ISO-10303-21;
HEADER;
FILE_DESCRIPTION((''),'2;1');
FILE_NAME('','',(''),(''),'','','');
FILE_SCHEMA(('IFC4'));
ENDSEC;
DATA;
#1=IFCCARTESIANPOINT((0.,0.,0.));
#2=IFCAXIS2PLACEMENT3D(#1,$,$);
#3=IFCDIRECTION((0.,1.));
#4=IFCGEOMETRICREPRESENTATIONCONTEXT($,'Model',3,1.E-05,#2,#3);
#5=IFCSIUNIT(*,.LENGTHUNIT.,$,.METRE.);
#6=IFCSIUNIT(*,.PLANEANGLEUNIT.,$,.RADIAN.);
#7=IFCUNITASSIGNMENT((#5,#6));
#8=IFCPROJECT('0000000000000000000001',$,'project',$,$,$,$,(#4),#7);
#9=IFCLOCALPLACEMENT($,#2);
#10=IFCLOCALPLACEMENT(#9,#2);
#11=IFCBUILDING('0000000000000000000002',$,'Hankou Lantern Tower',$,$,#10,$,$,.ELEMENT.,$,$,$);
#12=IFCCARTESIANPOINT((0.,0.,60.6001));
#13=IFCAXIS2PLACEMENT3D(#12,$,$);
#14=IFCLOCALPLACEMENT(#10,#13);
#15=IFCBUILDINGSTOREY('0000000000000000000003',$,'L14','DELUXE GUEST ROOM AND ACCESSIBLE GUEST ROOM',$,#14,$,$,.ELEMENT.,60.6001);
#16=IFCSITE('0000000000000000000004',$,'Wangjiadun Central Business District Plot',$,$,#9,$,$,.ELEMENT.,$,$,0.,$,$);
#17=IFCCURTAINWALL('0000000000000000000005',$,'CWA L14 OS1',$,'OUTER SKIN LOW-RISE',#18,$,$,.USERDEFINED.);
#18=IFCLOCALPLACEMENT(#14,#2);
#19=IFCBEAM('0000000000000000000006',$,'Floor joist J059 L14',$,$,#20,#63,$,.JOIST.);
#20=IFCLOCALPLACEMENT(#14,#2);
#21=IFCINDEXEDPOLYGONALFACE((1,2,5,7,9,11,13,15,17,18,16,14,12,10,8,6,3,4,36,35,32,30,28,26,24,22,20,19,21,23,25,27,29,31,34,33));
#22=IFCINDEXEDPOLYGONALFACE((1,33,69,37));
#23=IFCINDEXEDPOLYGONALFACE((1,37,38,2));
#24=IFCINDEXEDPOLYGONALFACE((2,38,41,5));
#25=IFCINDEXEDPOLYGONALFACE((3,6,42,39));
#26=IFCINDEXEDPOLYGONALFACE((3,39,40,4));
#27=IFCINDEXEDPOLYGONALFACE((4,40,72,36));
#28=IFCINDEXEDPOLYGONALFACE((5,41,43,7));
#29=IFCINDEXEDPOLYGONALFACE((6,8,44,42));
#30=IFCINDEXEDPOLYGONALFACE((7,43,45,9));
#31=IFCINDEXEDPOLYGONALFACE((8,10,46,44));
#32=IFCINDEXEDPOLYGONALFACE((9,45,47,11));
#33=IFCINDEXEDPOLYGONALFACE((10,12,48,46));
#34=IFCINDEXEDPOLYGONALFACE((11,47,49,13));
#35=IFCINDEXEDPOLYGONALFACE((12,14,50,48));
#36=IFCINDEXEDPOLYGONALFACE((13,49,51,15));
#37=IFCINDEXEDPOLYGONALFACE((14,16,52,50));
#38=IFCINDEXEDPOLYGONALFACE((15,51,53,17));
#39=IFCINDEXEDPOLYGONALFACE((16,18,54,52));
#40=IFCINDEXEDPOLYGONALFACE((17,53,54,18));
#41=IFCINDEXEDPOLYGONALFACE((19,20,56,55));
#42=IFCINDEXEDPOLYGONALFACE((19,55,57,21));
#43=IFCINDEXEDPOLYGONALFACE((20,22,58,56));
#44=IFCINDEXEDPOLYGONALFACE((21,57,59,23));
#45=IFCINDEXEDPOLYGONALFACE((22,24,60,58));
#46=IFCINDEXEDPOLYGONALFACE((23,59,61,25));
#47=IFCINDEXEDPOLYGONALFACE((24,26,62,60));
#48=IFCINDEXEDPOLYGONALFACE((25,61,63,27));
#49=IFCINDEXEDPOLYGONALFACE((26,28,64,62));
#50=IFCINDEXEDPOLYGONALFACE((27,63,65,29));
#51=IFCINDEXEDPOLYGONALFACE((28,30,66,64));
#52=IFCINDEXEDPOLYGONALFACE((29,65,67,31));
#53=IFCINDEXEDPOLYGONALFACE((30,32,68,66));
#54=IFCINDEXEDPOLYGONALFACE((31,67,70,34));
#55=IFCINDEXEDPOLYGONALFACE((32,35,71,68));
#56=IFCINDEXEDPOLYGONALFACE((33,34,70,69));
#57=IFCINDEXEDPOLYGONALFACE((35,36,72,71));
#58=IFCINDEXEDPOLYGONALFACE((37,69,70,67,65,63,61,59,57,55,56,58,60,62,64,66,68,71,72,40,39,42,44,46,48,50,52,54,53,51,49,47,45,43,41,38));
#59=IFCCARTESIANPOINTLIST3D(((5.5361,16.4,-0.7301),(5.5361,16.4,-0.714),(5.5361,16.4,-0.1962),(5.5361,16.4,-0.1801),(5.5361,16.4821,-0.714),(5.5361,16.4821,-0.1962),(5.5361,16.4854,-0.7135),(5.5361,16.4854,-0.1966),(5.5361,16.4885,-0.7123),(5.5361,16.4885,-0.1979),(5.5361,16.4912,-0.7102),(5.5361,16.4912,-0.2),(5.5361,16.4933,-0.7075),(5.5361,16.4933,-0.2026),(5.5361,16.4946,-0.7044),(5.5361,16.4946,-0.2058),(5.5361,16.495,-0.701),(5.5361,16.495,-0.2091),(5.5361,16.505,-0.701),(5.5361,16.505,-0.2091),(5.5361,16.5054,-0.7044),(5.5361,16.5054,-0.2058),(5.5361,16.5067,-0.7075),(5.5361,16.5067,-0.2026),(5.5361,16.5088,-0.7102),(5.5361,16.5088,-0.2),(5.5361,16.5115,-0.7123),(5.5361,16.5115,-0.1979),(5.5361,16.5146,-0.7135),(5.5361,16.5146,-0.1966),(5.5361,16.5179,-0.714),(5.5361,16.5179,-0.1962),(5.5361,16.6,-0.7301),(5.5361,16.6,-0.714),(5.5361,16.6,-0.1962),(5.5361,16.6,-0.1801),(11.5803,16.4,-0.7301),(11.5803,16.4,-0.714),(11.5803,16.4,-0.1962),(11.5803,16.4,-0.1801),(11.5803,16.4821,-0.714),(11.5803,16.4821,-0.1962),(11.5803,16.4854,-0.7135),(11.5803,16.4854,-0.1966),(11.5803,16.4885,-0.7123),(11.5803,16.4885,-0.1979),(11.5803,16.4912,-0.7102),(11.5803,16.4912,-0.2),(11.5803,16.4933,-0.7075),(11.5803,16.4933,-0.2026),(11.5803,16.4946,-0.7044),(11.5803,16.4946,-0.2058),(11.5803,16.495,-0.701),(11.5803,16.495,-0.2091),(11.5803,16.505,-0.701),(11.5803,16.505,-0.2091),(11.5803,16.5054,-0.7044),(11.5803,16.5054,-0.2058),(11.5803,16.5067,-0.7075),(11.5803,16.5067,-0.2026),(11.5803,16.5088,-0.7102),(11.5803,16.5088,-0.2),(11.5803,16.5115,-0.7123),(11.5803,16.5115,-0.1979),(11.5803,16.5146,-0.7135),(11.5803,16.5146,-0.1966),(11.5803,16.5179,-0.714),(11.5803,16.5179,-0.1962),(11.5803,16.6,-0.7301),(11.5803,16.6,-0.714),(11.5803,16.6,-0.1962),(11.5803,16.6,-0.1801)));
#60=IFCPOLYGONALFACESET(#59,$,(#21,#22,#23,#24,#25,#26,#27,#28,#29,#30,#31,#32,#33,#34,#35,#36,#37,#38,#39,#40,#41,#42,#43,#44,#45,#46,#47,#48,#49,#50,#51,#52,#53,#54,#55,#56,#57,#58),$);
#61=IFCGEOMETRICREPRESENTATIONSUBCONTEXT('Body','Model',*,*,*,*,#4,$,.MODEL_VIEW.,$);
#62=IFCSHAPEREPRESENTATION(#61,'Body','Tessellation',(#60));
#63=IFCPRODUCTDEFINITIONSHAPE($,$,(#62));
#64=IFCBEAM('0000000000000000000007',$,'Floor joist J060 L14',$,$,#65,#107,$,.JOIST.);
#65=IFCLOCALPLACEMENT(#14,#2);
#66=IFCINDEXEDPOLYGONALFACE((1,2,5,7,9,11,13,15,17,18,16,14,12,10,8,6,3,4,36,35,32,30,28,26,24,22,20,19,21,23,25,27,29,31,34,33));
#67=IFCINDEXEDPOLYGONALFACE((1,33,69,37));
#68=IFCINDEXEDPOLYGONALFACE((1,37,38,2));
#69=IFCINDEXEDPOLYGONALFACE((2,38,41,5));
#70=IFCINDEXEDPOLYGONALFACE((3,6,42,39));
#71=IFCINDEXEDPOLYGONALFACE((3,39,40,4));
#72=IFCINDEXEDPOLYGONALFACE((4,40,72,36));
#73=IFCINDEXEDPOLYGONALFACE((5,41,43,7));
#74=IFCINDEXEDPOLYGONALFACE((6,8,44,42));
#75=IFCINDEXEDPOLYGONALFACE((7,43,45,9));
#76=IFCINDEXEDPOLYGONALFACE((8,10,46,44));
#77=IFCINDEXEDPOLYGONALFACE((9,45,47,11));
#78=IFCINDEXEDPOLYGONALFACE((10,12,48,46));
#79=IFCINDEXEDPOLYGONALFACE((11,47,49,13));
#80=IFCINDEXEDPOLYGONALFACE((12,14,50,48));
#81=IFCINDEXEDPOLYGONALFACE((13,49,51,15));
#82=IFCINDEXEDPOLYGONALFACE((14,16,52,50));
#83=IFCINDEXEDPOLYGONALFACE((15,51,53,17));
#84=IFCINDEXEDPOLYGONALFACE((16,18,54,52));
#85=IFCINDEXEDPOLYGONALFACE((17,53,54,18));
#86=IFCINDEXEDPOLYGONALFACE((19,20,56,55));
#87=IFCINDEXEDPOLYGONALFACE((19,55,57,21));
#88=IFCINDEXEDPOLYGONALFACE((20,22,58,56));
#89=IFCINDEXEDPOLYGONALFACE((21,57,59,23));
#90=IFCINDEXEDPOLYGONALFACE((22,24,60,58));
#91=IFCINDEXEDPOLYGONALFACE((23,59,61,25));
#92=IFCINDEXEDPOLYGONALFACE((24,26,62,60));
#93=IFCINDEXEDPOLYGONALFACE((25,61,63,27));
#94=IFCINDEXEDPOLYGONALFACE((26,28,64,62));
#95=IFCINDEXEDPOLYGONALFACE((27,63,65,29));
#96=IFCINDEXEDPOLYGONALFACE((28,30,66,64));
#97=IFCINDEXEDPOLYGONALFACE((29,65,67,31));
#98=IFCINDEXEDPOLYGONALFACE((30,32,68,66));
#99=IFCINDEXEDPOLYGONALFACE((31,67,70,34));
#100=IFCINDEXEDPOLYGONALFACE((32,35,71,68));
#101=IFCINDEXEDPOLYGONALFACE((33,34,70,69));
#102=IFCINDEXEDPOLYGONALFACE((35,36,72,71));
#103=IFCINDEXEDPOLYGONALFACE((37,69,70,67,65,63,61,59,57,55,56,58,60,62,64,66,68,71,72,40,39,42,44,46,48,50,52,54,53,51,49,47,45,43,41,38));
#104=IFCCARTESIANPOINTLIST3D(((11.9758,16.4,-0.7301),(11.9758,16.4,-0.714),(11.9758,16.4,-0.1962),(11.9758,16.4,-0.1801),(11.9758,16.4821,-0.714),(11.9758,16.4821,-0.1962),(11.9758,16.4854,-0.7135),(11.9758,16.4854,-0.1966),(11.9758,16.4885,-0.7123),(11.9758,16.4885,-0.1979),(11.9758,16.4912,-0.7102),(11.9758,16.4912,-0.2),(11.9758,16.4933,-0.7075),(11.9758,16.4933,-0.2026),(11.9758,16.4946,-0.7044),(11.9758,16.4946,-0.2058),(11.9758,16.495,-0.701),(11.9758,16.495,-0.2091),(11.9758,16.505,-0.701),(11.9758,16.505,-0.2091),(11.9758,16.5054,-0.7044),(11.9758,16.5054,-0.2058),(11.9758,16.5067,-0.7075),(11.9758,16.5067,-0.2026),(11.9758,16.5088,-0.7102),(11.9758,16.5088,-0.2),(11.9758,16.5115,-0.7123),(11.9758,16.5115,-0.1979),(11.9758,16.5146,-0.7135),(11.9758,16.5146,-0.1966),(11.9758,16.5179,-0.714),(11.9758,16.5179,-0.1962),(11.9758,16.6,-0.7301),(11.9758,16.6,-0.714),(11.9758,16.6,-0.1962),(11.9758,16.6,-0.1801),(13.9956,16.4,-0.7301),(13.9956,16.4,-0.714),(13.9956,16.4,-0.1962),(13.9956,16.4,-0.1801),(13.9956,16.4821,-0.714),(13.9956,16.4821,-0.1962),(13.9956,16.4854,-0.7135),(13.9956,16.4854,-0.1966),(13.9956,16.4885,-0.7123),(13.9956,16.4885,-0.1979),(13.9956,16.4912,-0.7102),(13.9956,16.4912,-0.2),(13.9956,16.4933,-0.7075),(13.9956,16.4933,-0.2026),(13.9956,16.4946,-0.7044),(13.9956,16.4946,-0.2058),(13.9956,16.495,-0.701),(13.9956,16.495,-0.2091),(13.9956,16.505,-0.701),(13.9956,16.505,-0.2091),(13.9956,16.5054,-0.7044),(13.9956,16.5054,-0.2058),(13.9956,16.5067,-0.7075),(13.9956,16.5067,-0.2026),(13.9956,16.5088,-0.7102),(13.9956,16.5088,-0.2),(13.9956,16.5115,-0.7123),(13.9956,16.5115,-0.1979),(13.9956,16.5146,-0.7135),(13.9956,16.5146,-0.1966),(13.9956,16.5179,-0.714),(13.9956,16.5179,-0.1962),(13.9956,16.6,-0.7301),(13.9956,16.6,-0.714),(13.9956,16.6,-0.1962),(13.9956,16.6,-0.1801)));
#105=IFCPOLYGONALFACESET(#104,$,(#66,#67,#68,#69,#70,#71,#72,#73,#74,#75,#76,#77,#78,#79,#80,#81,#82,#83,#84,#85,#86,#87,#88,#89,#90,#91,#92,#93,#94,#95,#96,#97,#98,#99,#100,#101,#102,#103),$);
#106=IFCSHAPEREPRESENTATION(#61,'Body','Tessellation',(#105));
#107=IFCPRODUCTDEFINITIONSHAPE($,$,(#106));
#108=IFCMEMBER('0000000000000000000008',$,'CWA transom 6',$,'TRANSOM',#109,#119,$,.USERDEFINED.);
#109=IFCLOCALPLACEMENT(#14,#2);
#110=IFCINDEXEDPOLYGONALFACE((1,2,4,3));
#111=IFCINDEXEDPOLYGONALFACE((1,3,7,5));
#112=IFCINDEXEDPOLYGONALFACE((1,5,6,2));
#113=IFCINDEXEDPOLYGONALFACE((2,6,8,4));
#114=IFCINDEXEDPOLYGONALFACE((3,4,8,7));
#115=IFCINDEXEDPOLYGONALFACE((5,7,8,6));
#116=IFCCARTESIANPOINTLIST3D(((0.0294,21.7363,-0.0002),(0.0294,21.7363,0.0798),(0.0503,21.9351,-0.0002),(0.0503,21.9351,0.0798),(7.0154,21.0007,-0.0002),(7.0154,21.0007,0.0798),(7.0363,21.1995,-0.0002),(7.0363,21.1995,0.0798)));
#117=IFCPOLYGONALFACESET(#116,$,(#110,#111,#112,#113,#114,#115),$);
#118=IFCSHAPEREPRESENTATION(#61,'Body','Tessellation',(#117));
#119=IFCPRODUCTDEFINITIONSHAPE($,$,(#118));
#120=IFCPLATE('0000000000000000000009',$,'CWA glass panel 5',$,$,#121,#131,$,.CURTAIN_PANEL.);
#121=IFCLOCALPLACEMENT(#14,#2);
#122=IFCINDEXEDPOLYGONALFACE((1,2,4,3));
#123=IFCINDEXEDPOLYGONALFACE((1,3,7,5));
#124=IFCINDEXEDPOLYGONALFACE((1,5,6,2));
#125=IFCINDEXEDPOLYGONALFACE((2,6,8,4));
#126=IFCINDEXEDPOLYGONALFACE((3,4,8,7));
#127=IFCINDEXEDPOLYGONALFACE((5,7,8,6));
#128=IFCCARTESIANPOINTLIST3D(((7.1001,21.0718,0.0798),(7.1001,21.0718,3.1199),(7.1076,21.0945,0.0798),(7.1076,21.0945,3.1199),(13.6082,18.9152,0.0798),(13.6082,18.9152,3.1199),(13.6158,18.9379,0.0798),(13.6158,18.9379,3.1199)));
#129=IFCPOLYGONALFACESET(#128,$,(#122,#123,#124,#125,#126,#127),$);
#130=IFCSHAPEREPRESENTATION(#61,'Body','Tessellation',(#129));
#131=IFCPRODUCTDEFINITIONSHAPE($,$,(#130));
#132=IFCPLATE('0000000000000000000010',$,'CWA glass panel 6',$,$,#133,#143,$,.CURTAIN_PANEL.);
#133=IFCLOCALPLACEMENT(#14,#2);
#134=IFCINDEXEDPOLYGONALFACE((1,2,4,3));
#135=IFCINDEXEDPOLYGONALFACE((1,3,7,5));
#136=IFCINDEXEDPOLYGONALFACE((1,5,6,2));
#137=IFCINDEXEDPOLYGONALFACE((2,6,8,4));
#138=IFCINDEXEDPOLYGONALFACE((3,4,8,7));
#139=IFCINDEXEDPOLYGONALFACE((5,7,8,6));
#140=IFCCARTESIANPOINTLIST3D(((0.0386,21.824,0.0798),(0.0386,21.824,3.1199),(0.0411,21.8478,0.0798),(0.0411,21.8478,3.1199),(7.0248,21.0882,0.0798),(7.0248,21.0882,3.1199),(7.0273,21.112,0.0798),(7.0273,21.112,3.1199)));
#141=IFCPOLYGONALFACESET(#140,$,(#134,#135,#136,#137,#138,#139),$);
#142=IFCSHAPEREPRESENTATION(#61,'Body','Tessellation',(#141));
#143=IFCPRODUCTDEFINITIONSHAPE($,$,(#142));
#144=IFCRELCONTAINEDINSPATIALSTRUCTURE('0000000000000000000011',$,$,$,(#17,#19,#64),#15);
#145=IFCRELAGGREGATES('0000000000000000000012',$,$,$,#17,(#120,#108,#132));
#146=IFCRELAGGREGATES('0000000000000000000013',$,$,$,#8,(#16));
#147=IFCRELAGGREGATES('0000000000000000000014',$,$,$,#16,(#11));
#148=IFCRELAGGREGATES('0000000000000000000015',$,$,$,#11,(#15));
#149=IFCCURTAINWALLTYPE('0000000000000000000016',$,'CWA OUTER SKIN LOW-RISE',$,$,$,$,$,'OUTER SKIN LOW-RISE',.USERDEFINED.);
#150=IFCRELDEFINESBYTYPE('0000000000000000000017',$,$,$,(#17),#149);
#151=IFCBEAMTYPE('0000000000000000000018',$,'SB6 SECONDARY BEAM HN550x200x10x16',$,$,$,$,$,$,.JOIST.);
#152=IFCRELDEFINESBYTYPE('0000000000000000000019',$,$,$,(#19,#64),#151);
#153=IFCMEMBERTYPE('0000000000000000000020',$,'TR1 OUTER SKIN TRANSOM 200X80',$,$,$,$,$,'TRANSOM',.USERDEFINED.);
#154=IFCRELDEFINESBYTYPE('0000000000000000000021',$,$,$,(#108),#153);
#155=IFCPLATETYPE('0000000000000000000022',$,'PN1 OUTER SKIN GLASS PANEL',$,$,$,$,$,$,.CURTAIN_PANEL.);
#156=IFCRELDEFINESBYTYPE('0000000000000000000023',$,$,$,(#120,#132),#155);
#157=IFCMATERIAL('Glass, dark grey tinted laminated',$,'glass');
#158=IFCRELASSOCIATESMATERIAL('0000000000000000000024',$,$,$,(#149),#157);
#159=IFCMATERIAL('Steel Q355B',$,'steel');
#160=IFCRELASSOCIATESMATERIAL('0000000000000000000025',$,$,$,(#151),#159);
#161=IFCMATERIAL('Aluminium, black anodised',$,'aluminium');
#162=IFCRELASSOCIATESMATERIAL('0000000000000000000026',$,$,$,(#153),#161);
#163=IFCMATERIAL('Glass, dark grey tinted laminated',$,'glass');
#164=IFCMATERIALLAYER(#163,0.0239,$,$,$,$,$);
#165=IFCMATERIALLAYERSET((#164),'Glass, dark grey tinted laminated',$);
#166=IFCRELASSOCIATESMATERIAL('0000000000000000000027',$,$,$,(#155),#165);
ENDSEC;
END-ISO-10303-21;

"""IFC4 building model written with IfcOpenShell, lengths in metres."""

from ifc_helpers import new_model, si_unit, direction, frame, origin, origin_2d, place, context, subcontext, project, spatial, rectangle, i_section, extrude, material, layer, layer_set, material_profile, profile_set, type_object, element, aggregate, save


model = new_model("IFC4")

# Units and contexts
model_context = context("Model", 3, precision=1e-05, world=origin(), true_north=direction((0.0, 1.0)))
body_context = subcontext(model_context, "Body", "Model", "MODEL_VIEW")
ifc_project = project(units=[si_unit("LENGTHUNIT", "METRE"), si_unit("PLANEANGLEUNIT", "RADIAN")], contexts=[model_context])

# Site, building, storey
site_placement = place(None, origin())
site = spatial("IfcSite", under=ifc_project, at=site_placement, Name="Wangjiadun Central Business District Plot", CompositionType="ELEMENT", RefElevation=0.0)
building_placement = place(site_placement, origin())
building = spatial("IfcBuilding", under=site, at=building_placement, Name="Hankou Lantern Tower", CompositionType="ELEMENT")
storey_placement = place(building_placement, frame((0.0, 0.0, 60.6001)))
storey = spatial("IfcBuildingStorey", under=building, at=storey_placement, Name="L14", Description="DELUXE GUEST ROOM AND ACCESSIBLE GUEST ROOM", CompositionType="ELEMENT", Elevation=60.6001)

# Curtain wall
ifc_material_1 = material(Name="Glass, dark grey tinted laminated", Category="glass")
curtain_wall_type = type_object("IfcCurtainWallType", Name="CWA OUTER SKIN LOW-RISE", ElementType="OUTER SKIN LOW-RISE", PredefinedType="USERDEFINED", material=ifc_material_1)
curtain_wall_1_placement = place(storey_placement, origin())
curtain_wall_1 = element("IfcCurtainWall", 1, at=curtain_wall_1_placement, inside=storey, type_object=curtain_wall_type, Name="CWA L14 OS1", ObjectType="OUTER SKIN LOW-RISE", PredefinedType="USERDEFINED")

# Beams
ifc_material_2 = material(Name="Steel Q355B", Category="steel")
ifc_material_profile_1 = material_profile(ifc_material_2, i_section(OverallWidth=0.2, OverallDepth=0.55, WebThickness=0.01, FlangeThickness=0.0161, FilletRadius=0.0129, at=origin_2d()), Name="HN550x200x10x16")
ifc_profile_set_1 = profile_set([ifc_material_profile_1], Name="Steel Q355B")
beam_type_1 = type_object("IfcBeamType", Name="SB6 SECONDARY BEAM HN550x200x10x16", PredefinedType="JOIST", material=ifc_profile_set_1)
beam_1_placement = place(storey_placement, frame((5.5361, 16.5, -0.4551), z_axis=(1.0, 0.0, 0.0), x_axis=(0.0, 1.0, 0.0)))
element("IfcBeam", 2, at=beam_1_placement, inside=storey, type_object=beam_type_1, Name="Floor joist J059 L14", PredefinedType="JOIST", context=body_context, shape_type="SweptSolid", body=[
    extrude(i_section(OverallWidth=0.2, OverallDepth=0.55, WebThickness=0.01, FlangeThickness=0.0161, FilletRadius=0.0129, at=origin_2d()), origin(), (0.0, 0.0, 1.0), 6.0442),
])
beam_2_placement = place(storey_placement, frame((11.9758, 16.5, -0.4551), z_axis=(1.0, 0.0, 0.0), x_axis=(0.0, 1.0, 0.0)))
element("IfcBeam", 3, at=beam_2_placement, inside=storey, type_object=beam_type_1, Name="Floor joist J060 L14", PredefinedType="JOIST", context=body_context, shape_type="SweptSolid", body=[
    extrude(i_section(OverallWidth=0.2, OverallDepth=0.55, WebThickness=0.01, FlangeThickness=0.0161, FilletRadius=0.0129, at=origin_2d()), origin(), (0.0, 0.0, 1.0), 2.0198),
])

# Member
ifc_material_3 = material(Name="Aluminium, black anodised", Category="aluminium")
ifc_material_profile_2 = material_profile(ifc_material_3, rectangle(XDim=0.2, YDim=0.0801, at=origin_2d()), Name="TR1 200X80")
ifc_profile_set_2 = profile_set([ifc_material_profile_2], Name="Aluminium, black anodised")
member_type_1 = type_object("IfcMemberType", Name="TR1 OUTER SKIN TRANSOM 200X80", ElementType="TRANSOM", PredefinedType="USERDEFINED", material=ifc_profile_set_2)
member_1_placement = place(storey_placement, frame((7.0259, 21.1001, 0.0398), z_axis=(-0.994502, 0.104716, 0.0), x_axis=(-0.104716, -0.994502, 0.0)))
member_1 = element("IfcMember", 4, at=member_1_placement, type_object=member_type_1, Name="CWA transom 6", ObjectType="TRANSOM", PredefinedType="USERDEFINED", context=body_context, shape_type="SweptSolid", body=[
    extrude(rectangle(XDim=0.2, YDim=0.0801, at=origin_2d()), origin(), (0.0, 0.0, 1.0), 7.0247),
])

# Plates
ifc_material_4 = material(Name="Glass, dark grey tinted laminated", Category="glass")
ifc_layer_1 = layer(ifc_material_4, 0.0239)
ifc_layer_set_1 = layer_set([ifc_layer_1], Name="Glass, dark grey tinted laminated")
plate_type = type_object("IfcPlateType", Name="PN1 OUTER SKIN GLASS PANEL", PredefinedType="CURTAIN_PANEL", material=ifc_layer_set_1)
plate_1_placement = place(storey_placement, frame((10.3579, 20.0049, 0.0798), z_axis=(0.0, 0.0, 1.0), x_axis=(-0.949241, 0.314551, 0.0)))
plate_1 = element("IfcPlate", 5, at=plate_1_placement, type_object=plate_type, Name="CWA glass panel 5", PredefinedType="CURTAIN_PANEL", context=body_context, shape_type="SweptSolid", body=[
    extrude(rectangle(XDim=6.8562, YDim=0.0239, at=origin_2d()), origin(), (0.0, 0.0, 1.0), 3.04),
])
plate_2_placement = place(storey_placement, frame((3.533, 21.468, 0.0798), z_axis=(0.0, 0.0, 1.0), x_axis=(-0.994499, 0.104743, 0.0)))
plate_2 = element("IfcPlate", 6, at=plate_2_placement, type_object=plate_type, Name="CWA glass panel 6", PredefinedType="CURTAIN_PANEL", context=body_context, shape_type="SweptSolid", body=[
    extrude(rectangle(XDim=7.0249, YDim=0.0239, at=origin_2d()), origin(), (0.0, 0.0, 1.0), 3.04),
])
aggregate(curtain_wall_1, [plate_1, member_1, plate_2])

save(model, "model.ifc")
